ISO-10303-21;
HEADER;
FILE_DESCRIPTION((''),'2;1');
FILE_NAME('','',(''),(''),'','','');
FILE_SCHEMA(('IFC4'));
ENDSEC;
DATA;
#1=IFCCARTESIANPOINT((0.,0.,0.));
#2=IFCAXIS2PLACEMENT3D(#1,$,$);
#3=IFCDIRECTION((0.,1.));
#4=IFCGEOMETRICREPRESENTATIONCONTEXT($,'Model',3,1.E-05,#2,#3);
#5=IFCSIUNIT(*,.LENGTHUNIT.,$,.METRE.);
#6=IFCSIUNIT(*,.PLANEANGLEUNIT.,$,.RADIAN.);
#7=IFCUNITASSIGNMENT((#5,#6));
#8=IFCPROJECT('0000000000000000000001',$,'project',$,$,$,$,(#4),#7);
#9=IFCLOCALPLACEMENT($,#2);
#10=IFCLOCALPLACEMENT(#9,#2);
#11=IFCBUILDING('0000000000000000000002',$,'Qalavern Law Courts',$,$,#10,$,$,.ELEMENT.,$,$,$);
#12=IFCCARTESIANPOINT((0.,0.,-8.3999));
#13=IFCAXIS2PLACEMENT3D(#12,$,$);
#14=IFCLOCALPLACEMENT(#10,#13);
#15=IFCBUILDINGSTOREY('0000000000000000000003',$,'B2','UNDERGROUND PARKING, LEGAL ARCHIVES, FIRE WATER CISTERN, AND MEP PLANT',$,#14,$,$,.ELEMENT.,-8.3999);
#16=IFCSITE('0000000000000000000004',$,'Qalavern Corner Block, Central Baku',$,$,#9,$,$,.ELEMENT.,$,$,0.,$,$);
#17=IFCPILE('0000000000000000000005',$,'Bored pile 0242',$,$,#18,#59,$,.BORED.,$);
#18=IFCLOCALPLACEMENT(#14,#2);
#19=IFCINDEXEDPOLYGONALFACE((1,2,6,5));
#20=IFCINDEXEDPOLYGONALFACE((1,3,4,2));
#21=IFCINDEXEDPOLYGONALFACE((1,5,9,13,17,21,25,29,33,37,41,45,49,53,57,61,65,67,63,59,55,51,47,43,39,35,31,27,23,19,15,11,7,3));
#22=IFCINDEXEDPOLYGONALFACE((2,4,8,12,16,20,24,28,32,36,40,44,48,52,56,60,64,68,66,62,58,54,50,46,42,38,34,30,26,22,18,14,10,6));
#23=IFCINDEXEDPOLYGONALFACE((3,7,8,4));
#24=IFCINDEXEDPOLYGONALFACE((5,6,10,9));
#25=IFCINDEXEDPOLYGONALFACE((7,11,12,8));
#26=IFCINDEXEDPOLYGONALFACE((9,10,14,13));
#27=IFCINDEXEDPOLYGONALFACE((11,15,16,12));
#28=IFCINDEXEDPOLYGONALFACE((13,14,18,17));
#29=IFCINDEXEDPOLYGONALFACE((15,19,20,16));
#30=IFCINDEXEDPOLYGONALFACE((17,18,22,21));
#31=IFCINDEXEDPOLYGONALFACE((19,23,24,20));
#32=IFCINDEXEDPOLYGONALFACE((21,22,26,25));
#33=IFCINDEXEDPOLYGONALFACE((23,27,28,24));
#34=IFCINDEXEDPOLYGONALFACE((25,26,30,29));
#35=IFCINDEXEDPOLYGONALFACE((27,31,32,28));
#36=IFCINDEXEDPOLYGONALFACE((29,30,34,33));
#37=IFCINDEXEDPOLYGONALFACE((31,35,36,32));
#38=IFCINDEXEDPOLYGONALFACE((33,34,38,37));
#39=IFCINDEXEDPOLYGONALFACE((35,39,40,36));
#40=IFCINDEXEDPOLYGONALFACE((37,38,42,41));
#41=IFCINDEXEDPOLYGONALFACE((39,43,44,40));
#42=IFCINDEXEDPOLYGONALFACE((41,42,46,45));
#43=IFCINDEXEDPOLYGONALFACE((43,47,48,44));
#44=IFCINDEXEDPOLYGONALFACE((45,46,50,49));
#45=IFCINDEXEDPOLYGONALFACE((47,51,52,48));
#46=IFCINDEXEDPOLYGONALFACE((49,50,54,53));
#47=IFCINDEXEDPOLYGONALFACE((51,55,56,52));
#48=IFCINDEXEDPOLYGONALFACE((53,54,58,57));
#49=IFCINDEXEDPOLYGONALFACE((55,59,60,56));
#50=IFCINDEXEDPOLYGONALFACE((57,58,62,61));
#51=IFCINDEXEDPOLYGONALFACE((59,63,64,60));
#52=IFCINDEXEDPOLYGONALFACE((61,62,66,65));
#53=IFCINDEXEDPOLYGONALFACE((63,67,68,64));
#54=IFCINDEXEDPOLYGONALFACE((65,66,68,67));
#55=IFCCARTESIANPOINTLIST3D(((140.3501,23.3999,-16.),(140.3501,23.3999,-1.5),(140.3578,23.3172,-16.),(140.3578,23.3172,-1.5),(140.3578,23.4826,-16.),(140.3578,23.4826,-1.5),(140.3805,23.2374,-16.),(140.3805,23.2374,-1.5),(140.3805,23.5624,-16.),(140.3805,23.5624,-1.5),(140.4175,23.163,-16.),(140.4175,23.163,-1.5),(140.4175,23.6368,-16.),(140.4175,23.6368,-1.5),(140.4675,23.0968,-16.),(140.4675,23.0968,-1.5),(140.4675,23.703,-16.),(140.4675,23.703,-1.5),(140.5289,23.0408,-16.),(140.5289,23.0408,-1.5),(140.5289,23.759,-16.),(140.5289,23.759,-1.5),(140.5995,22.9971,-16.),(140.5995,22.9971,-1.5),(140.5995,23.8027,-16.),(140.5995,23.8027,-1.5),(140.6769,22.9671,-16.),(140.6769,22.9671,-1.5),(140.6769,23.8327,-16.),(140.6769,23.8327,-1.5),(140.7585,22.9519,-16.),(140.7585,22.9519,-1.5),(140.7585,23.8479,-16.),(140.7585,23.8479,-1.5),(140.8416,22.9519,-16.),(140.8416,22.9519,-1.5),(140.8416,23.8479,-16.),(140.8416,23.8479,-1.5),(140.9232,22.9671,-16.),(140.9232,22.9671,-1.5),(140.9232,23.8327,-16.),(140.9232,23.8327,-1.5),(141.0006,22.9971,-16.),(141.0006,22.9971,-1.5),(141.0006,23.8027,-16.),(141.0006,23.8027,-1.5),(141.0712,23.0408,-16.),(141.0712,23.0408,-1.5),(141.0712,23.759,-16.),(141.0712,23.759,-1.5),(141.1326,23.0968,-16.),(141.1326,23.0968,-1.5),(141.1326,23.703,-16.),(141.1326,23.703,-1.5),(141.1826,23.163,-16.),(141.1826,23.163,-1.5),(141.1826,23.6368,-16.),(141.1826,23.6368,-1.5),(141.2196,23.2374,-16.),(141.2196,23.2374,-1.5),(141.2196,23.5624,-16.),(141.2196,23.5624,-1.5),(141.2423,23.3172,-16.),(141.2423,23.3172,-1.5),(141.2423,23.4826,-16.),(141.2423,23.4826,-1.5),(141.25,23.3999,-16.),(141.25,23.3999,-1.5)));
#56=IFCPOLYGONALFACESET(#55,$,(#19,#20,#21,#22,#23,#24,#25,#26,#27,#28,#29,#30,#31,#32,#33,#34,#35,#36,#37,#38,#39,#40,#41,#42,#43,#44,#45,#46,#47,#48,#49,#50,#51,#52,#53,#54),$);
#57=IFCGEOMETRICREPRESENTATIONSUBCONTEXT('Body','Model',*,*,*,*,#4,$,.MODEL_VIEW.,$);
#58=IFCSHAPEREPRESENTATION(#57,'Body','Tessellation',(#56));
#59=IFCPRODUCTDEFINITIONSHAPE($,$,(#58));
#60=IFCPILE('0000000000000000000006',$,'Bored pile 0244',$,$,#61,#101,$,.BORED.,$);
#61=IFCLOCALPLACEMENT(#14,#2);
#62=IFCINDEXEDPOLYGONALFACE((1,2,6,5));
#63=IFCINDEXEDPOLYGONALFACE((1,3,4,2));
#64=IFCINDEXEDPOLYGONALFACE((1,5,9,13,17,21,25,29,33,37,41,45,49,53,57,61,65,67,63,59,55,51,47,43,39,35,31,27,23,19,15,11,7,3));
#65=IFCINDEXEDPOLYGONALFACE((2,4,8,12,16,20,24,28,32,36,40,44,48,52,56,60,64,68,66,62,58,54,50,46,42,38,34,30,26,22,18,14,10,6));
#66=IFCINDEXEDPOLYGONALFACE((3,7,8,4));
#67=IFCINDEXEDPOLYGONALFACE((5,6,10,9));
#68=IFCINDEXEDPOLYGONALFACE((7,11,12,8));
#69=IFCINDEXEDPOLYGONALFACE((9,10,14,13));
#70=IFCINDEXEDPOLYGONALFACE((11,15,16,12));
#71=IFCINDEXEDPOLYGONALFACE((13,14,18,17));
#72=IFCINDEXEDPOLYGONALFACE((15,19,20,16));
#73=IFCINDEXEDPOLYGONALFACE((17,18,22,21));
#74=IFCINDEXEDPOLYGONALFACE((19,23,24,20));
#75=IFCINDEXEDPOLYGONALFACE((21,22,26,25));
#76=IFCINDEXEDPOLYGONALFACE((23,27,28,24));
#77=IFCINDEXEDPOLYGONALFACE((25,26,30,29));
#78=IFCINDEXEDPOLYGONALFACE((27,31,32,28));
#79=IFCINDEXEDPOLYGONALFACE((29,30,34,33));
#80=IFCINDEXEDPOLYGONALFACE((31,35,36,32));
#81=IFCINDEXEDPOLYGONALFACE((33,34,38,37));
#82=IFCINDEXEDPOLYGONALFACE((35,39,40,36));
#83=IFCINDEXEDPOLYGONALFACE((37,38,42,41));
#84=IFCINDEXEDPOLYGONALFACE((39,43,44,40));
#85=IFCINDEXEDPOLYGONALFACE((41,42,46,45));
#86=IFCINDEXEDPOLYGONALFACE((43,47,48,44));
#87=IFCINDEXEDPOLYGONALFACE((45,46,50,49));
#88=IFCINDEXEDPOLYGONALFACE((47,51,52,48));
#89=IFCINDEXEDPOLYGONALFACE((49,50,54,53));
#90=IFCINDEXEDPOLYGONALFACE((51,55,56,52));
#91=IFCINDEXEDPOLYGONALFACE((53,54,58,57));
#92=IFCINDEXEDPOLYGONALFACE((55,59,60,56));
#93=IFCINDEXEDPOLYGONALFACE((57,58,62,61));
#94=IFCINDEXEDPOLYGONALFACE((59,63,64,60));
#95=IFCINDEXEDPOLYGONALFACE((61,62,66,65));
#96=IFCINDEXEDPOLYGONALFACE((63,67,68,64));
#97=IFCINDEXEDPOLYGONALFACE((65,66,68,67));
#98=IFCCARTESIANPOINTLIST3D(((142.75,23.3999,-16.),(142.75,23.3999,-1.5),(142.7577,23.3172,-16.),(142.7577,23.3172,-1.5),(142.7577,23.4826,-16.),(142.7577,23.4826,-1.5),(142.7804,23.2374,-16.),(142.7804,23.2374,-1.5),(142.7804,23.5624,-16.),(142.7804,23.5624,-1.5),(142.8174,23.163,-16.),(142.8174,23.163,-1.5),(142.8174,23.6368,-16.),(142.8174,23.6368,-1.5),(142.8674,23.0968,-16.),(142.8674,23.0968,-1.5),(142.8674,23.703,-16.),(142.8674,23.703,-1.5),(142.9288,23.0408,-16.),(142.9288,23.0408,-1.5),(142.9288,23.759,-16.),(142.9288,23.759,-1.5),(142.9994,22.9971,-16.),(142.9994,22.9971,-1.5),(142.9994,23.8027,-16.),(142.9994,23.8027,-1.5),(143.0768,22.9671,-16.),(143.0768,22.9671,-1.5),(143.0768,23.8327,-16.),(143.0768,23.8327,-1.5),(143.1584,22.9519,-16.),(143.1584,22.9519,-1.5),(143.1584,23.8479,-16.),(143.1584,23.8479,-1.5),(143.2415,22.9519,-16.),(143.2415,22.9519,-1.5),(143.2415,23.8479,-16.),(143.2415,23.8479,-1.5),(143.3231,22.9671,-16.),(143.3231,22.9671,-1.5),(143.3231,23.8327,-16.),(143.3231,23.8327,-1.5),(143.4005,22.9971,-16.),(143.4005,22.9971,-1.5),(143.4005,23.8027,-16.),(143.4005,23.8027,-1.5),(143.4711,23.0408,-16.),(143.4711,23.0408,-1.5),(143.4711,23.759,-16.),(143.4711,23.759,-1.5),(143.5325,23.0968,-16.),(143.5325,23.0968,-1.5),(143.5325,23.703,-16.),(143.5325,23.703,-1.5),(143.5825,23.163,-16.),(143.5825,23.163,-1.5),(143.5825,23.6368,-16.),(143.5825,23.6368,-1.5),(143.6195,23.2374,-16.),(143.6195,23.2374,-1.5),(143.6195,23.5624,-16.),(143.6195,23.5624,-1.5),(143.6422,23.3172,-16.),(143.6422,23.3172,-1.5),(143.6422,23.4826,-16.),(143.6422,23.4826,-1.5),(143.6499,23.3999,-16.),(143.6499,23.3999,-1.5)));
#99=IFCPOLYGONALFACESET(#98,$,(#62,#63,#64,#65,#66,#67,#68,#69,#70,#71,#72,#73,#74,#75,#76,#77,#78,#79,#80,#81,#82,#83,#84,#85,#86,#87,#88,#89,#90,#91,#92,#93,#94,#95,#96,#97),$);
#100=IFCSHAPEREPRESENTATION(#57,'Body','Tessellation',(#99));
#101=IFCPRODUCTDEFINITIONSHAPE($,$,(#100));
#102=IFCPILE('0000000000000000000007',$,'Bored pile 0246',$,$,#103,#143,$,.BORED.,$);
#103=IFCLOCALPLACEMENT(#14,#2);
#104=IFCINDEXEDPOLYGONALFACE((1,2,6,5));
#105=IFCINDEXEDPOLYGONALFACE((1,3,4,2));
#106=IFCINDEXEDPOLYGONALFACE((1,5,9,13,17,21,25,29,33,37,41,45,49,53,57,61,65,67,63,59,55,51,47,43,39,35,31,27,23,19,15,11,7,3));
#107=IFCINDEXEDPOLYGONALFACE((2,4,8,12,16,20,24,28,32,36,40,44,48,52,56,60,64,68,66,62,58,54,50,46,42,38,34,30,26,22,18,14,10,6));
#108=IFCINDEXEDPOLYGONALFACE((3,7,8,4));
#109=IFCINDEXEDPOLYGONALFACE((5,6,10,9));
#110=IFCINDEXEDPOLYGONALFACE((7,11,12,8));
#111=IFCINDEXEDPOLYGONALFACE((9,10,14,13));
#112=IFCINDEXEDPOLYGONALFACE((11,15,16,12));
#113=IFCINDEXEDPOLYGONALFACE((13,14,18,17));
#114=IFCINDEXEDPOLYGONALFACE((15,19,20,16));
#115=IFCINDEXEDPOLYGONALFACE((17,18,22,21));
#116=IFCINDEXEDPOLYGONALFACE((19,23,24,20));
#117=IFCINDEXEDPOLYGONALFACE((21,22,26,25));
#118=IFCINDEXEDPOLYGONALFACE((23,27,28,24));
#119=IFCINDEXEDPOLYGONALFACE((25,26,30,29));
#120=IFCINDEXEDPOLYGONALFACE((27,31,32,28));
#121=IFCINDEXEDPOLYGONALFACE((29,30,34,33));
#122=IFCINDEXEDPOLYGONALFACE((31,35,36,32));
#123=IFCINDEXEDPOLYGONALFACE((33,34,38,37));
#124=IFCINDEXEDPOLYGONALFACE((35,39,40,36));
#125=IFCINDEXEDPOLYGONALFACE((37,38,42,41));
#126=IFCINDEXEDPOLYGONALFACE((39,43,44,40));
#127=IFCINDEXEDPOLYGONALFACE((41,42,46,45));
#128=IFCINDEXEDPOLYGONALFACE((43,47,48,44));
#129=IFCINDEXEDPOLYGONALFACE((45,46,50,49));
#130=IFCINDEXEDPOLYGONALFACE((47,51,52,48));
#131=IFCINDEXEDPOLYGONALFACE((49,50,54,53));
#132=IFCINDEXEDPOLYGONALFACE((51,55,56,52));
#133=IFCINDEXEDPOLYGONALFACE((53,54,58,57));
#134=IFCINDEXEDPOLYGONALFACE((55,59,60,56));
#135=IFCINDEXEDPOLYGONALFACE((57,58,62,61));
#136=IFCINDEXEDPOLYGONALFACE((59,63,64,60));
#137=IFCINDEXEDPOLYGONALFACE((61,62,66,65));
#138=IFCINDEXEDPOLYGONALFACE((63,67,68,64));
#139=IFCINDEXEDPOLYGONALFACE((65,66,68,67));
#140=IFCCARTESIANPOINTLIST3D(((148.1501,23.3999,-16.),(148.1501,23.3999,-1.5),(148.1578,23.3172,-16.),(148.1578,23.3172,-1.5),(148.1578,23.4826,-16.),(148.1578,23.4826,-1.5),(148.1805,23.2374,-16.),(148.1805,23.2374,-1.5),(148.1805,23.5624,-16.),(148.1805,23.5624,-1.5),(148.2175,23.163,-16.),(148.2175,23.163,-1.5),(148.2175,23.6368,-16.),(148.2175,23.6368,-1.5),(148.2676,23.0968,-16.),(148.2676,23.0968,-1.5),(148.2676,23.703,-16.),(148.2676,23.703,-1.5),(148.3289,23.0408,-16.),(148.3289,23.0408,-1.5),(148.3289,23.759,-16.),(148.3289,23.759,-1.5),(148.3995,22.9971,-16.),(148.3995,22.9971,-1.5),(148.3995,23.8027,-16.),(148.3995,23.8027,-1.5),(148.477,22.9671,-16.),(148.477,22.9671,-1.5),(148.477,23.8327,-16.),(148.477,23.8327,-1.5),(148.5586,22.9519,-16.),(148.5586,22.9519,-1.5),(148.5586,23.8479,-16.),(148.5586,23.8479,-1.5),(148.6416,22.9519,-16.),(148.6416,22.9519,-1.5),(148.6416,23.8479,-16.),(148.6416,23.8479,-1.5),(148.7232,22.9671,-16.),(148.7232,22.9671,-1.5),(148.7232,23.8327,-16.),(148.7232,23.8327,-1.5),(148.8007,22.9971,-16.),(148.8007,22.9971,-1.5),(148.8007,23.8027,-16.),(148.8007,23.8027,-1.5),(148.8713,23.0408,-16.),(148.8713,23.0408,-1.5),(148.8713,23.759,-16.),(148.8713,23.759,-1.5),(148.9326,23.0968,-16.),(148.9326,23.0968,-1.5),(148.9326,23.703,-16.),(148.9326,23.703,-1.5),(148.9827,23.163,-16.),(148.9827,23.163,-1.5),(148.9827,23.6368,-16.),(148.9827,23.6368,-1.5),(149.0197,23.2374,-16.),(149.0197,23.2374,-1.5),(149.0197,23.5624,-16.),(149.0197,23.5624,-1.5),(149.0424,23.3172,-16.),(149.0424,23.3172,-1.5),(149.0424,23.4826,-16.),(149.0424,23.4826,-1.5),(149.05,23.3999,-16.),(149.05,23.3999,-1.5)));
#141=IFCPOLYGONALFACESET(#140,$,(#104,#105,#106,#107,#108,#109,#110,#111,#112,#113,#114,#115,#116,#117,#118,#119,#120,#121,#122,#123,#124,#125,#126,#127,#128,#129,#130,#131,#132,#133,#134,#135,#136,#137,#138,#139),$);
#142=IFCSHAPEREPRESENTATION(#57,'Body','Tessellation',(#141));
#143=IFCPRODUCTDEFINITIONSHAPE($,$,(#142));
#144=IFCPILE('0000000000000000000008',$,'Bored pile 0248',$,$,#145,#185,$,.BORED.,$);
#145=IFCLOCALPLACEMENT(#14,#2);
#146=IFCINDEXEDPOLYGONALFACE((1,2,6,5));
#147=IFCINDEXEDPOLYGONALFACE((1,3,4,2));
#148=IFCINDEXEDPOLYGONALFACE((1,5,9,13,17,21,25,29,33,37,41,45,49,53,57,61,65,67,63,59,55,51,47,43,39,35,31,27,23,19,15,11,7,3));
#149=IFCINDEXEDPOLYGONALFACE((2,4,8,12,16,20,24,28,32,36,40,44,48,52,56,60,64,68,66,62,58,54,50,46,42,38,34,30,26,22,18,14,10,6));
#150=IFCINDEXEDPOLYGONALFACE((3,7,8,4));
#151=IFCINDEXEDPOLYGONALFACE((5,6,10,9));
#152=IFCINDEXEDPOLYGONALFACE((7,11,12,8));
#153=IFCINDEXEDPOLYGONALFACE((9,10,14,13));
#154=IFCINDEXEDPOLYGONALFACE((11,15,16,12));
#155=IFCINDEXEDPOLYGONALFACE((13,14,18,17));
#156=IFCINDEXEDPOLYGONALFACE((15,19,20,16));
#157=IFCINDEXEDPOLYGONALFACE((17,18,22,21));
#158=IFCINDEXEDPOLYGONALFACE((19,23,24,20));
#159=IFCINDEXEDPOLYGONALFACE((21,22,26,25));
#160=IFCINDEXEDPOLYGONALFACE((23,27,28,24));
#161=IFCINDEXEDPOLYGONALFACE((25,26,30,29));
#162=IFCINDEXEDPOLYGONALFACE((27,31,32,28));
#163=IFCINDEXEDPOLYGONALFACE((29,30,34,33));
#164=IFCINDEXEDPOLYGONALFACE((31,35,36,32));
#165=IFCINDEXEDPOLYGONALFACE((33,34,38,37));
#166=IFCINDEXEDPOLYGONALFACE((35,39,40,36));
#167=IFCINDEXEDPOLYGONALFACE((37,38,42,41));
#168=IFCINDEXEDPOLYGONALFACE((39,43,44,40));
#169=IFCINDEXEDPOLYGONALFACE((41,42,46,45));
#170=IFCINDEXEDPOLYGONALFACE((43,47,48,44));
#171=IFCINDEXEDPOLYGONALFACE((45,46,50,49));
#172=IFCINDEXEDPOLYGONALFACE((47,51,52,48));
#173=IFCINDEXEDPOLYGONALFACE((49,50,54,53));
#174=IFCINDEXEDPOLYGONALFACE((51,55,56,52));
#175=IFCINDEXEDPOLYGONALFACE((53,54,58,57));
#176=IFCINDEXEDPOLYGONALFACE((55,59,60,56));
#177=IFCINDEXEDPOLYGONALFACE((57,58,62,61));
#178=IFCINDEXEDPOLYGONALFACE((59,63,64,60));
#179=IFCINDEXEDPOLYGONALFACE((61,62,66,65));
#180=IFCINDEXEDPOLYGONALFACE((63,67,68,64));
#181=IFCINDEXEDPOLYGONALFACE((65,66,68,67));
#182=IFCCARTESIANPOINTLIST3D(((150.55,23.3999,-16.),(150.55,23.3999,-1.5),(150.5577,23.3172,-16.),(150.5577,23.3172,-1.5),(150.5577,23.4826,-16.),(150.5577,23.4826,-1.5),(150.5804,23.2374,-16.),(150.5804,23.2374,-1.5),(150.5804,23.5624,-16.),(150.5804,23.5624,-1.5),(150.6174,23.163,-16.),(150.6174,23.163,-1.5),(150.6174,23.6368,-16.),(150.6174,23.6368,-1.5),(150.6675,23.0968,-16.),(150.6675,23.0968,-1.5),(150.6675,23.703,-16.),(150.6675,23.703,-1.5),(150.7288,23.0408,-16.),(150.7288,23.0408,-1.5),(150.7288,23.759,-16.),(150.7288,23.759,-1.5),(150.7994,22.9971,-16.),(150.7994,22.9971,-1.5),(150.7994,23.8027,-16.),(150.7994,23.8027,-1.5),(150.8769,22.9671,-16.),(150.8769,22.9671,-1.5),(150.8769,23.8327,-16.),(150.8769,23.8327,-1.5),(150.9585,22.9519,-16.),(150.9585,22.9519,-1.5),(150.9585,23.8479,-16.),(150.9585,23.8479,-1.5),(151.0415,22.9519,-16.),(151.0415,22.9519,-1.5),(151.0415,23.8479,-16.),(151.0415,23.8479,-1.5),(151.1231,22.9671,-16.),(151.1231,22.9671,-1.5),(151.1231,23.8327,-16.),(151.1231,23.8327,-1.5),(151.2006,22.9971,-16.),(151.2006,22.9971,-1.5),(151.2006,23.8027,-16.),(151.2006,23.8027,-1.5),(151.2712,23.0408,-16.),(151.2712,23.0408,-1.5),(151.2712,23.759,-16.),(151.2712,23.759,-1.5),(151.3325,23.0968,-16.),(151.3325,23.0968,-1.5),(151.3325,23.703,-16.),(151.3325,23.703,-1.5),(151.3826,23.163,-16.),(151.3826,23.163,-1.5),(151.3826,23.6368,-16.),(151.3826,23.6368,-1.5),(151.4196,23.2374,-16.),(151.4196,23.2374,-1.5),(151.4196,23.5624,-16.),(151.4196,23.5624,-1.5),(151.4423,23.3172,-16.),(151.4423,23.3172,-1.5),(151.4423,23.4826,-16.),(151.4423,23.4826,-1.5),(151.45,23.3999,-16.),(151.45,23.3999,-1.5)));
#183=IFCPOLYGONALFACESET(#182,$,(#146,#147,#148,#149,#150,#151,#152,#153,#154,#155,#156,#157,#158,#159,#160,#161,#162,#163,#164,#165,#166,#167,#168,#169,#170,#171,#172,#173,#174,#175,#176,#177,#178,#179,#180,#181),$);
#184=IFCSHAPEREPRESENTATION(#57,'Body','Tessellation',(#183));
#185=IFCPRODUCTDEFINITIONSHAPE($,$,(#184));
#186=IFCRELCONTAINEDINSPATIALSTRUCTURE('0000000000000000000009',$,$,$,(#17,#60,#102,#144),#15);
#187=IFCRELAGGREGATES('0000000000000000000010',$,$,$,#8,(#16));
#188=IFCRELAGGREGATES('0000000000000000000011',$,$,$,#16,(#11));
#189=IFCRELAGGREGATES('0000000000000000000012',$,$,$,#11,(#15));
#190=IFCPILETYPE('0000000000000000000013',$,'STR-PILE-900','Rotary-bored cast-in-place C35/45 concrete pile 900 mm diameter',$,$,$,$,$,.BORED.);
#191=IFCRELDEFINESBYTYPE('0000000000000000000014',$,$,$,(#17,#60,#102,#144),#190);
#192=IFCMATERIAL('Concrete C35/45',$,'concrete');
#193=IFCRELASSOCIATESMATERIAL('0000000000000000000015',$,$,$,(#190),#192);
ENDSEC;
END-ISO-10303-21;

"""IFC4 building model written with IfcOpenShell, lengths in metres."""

from ifc_helpers import new_model, si_unit, direction, frame, origin, origin_2d, place, context, subcontext, project, spatial, circle, extrude, material, material_profile, profile_set, type_object, element, save


model = new_model("IFC4")

# Units and contexts
model_context = context("Model", 3, precision=1e-05, world=origin(), true_north=direction((0.0, 1.0)))
body_context = subcontext(model_context, "Body", "Model", "MODEL_VIEW")
ifc_project = project(units=[si_unit("LENGTHUNIT", "METRE"), si_unit("PLANEANGLEUNIT", "RADIAN")], contexts=[model_context])

# Site, building, storey
site_placement = place(None, origin())
site = spatial("IfcSite", under=ifc_project, at=site_placement, Name="Qalavern Corner Block, Central Baku", CompositionType="ELEMENT", RefElevation=0.0)
building_placement = place(site_placement, origin())
building = spatial("IfcBuilding", under=site, at=building_placement, Name="Qalavern Law Courts", CompositionType="ELEMENT")
storey_placement = place(building_placement, frame((0.0, 0.0, -8.3999)))
storey = spatial("IfcBuildingStorey", under=building, at=storey_placement, Name="B2", Description="UNDERGROUND PARKING, LEGAL ARCHIVES, FIRE WATER CISTERN, AND MEP PLANT", CompositionType="ELEMENT", Elevation=-8.3999)

# Shared definitions
ifc_material_1 = material(Name="Concrete C35/45", Category="concrete")

# Piles
ifc_material_profile_1 = material_profile(ifc_material_1, circle(Radius=0.45, at=origin_2d()), Name="BORED PILE 900")
ifc_profile_set_1 = profile_set([ifc_material_profile_1], Name="Concrete C35/45")
pile_type_1 = type_object("IfcPileType", Name="STR-PILE-900", Description="Rotary-bored cast-in-place C35/45 concrete pile 900 mm diameter", PredefinedType="BORED", material=ifc_profile_set_1)
for number, where, z_axis, x_axis, name in (
    (1, (140.8, 23.3999, -1.5), (0.0, 0.0, -1.0), (1.0, 0.0, 0.0), "Bored pile 0242"),
    (2, (143.2, 23.3999, -1.5), (0.0, 0.0, -1.0), (1.0, 0.0, 0.0), "Bored pile 0244"),
    (3, (148.6001, 23.3999, -1.5), (0.0, 0.0, -1.0), (1.0, 0.0, 0.0), "Bored pile 0246"),
    (4, (151.0, 23.3999, -1.5), (0.0, 0.0, -1.0), (1.0, 0.0, 0.0), "Bored pile 0248"),
):
    element("IfcPile", number, at=place(storey_placement, frame(where, z_axis=z_axis, x_axis=x_axis)), inside=storey, type_object=pile_type_1, Name=name, PredefinedType="BORED", context=body_context, shape_type="SweptSolid", body=[
        extrude(circle(Radius=0.45, at=origin_2d()), origin(), (0.0, 0.0, 1.0), 14.5),
    ])

save(model, "model.ifc")
